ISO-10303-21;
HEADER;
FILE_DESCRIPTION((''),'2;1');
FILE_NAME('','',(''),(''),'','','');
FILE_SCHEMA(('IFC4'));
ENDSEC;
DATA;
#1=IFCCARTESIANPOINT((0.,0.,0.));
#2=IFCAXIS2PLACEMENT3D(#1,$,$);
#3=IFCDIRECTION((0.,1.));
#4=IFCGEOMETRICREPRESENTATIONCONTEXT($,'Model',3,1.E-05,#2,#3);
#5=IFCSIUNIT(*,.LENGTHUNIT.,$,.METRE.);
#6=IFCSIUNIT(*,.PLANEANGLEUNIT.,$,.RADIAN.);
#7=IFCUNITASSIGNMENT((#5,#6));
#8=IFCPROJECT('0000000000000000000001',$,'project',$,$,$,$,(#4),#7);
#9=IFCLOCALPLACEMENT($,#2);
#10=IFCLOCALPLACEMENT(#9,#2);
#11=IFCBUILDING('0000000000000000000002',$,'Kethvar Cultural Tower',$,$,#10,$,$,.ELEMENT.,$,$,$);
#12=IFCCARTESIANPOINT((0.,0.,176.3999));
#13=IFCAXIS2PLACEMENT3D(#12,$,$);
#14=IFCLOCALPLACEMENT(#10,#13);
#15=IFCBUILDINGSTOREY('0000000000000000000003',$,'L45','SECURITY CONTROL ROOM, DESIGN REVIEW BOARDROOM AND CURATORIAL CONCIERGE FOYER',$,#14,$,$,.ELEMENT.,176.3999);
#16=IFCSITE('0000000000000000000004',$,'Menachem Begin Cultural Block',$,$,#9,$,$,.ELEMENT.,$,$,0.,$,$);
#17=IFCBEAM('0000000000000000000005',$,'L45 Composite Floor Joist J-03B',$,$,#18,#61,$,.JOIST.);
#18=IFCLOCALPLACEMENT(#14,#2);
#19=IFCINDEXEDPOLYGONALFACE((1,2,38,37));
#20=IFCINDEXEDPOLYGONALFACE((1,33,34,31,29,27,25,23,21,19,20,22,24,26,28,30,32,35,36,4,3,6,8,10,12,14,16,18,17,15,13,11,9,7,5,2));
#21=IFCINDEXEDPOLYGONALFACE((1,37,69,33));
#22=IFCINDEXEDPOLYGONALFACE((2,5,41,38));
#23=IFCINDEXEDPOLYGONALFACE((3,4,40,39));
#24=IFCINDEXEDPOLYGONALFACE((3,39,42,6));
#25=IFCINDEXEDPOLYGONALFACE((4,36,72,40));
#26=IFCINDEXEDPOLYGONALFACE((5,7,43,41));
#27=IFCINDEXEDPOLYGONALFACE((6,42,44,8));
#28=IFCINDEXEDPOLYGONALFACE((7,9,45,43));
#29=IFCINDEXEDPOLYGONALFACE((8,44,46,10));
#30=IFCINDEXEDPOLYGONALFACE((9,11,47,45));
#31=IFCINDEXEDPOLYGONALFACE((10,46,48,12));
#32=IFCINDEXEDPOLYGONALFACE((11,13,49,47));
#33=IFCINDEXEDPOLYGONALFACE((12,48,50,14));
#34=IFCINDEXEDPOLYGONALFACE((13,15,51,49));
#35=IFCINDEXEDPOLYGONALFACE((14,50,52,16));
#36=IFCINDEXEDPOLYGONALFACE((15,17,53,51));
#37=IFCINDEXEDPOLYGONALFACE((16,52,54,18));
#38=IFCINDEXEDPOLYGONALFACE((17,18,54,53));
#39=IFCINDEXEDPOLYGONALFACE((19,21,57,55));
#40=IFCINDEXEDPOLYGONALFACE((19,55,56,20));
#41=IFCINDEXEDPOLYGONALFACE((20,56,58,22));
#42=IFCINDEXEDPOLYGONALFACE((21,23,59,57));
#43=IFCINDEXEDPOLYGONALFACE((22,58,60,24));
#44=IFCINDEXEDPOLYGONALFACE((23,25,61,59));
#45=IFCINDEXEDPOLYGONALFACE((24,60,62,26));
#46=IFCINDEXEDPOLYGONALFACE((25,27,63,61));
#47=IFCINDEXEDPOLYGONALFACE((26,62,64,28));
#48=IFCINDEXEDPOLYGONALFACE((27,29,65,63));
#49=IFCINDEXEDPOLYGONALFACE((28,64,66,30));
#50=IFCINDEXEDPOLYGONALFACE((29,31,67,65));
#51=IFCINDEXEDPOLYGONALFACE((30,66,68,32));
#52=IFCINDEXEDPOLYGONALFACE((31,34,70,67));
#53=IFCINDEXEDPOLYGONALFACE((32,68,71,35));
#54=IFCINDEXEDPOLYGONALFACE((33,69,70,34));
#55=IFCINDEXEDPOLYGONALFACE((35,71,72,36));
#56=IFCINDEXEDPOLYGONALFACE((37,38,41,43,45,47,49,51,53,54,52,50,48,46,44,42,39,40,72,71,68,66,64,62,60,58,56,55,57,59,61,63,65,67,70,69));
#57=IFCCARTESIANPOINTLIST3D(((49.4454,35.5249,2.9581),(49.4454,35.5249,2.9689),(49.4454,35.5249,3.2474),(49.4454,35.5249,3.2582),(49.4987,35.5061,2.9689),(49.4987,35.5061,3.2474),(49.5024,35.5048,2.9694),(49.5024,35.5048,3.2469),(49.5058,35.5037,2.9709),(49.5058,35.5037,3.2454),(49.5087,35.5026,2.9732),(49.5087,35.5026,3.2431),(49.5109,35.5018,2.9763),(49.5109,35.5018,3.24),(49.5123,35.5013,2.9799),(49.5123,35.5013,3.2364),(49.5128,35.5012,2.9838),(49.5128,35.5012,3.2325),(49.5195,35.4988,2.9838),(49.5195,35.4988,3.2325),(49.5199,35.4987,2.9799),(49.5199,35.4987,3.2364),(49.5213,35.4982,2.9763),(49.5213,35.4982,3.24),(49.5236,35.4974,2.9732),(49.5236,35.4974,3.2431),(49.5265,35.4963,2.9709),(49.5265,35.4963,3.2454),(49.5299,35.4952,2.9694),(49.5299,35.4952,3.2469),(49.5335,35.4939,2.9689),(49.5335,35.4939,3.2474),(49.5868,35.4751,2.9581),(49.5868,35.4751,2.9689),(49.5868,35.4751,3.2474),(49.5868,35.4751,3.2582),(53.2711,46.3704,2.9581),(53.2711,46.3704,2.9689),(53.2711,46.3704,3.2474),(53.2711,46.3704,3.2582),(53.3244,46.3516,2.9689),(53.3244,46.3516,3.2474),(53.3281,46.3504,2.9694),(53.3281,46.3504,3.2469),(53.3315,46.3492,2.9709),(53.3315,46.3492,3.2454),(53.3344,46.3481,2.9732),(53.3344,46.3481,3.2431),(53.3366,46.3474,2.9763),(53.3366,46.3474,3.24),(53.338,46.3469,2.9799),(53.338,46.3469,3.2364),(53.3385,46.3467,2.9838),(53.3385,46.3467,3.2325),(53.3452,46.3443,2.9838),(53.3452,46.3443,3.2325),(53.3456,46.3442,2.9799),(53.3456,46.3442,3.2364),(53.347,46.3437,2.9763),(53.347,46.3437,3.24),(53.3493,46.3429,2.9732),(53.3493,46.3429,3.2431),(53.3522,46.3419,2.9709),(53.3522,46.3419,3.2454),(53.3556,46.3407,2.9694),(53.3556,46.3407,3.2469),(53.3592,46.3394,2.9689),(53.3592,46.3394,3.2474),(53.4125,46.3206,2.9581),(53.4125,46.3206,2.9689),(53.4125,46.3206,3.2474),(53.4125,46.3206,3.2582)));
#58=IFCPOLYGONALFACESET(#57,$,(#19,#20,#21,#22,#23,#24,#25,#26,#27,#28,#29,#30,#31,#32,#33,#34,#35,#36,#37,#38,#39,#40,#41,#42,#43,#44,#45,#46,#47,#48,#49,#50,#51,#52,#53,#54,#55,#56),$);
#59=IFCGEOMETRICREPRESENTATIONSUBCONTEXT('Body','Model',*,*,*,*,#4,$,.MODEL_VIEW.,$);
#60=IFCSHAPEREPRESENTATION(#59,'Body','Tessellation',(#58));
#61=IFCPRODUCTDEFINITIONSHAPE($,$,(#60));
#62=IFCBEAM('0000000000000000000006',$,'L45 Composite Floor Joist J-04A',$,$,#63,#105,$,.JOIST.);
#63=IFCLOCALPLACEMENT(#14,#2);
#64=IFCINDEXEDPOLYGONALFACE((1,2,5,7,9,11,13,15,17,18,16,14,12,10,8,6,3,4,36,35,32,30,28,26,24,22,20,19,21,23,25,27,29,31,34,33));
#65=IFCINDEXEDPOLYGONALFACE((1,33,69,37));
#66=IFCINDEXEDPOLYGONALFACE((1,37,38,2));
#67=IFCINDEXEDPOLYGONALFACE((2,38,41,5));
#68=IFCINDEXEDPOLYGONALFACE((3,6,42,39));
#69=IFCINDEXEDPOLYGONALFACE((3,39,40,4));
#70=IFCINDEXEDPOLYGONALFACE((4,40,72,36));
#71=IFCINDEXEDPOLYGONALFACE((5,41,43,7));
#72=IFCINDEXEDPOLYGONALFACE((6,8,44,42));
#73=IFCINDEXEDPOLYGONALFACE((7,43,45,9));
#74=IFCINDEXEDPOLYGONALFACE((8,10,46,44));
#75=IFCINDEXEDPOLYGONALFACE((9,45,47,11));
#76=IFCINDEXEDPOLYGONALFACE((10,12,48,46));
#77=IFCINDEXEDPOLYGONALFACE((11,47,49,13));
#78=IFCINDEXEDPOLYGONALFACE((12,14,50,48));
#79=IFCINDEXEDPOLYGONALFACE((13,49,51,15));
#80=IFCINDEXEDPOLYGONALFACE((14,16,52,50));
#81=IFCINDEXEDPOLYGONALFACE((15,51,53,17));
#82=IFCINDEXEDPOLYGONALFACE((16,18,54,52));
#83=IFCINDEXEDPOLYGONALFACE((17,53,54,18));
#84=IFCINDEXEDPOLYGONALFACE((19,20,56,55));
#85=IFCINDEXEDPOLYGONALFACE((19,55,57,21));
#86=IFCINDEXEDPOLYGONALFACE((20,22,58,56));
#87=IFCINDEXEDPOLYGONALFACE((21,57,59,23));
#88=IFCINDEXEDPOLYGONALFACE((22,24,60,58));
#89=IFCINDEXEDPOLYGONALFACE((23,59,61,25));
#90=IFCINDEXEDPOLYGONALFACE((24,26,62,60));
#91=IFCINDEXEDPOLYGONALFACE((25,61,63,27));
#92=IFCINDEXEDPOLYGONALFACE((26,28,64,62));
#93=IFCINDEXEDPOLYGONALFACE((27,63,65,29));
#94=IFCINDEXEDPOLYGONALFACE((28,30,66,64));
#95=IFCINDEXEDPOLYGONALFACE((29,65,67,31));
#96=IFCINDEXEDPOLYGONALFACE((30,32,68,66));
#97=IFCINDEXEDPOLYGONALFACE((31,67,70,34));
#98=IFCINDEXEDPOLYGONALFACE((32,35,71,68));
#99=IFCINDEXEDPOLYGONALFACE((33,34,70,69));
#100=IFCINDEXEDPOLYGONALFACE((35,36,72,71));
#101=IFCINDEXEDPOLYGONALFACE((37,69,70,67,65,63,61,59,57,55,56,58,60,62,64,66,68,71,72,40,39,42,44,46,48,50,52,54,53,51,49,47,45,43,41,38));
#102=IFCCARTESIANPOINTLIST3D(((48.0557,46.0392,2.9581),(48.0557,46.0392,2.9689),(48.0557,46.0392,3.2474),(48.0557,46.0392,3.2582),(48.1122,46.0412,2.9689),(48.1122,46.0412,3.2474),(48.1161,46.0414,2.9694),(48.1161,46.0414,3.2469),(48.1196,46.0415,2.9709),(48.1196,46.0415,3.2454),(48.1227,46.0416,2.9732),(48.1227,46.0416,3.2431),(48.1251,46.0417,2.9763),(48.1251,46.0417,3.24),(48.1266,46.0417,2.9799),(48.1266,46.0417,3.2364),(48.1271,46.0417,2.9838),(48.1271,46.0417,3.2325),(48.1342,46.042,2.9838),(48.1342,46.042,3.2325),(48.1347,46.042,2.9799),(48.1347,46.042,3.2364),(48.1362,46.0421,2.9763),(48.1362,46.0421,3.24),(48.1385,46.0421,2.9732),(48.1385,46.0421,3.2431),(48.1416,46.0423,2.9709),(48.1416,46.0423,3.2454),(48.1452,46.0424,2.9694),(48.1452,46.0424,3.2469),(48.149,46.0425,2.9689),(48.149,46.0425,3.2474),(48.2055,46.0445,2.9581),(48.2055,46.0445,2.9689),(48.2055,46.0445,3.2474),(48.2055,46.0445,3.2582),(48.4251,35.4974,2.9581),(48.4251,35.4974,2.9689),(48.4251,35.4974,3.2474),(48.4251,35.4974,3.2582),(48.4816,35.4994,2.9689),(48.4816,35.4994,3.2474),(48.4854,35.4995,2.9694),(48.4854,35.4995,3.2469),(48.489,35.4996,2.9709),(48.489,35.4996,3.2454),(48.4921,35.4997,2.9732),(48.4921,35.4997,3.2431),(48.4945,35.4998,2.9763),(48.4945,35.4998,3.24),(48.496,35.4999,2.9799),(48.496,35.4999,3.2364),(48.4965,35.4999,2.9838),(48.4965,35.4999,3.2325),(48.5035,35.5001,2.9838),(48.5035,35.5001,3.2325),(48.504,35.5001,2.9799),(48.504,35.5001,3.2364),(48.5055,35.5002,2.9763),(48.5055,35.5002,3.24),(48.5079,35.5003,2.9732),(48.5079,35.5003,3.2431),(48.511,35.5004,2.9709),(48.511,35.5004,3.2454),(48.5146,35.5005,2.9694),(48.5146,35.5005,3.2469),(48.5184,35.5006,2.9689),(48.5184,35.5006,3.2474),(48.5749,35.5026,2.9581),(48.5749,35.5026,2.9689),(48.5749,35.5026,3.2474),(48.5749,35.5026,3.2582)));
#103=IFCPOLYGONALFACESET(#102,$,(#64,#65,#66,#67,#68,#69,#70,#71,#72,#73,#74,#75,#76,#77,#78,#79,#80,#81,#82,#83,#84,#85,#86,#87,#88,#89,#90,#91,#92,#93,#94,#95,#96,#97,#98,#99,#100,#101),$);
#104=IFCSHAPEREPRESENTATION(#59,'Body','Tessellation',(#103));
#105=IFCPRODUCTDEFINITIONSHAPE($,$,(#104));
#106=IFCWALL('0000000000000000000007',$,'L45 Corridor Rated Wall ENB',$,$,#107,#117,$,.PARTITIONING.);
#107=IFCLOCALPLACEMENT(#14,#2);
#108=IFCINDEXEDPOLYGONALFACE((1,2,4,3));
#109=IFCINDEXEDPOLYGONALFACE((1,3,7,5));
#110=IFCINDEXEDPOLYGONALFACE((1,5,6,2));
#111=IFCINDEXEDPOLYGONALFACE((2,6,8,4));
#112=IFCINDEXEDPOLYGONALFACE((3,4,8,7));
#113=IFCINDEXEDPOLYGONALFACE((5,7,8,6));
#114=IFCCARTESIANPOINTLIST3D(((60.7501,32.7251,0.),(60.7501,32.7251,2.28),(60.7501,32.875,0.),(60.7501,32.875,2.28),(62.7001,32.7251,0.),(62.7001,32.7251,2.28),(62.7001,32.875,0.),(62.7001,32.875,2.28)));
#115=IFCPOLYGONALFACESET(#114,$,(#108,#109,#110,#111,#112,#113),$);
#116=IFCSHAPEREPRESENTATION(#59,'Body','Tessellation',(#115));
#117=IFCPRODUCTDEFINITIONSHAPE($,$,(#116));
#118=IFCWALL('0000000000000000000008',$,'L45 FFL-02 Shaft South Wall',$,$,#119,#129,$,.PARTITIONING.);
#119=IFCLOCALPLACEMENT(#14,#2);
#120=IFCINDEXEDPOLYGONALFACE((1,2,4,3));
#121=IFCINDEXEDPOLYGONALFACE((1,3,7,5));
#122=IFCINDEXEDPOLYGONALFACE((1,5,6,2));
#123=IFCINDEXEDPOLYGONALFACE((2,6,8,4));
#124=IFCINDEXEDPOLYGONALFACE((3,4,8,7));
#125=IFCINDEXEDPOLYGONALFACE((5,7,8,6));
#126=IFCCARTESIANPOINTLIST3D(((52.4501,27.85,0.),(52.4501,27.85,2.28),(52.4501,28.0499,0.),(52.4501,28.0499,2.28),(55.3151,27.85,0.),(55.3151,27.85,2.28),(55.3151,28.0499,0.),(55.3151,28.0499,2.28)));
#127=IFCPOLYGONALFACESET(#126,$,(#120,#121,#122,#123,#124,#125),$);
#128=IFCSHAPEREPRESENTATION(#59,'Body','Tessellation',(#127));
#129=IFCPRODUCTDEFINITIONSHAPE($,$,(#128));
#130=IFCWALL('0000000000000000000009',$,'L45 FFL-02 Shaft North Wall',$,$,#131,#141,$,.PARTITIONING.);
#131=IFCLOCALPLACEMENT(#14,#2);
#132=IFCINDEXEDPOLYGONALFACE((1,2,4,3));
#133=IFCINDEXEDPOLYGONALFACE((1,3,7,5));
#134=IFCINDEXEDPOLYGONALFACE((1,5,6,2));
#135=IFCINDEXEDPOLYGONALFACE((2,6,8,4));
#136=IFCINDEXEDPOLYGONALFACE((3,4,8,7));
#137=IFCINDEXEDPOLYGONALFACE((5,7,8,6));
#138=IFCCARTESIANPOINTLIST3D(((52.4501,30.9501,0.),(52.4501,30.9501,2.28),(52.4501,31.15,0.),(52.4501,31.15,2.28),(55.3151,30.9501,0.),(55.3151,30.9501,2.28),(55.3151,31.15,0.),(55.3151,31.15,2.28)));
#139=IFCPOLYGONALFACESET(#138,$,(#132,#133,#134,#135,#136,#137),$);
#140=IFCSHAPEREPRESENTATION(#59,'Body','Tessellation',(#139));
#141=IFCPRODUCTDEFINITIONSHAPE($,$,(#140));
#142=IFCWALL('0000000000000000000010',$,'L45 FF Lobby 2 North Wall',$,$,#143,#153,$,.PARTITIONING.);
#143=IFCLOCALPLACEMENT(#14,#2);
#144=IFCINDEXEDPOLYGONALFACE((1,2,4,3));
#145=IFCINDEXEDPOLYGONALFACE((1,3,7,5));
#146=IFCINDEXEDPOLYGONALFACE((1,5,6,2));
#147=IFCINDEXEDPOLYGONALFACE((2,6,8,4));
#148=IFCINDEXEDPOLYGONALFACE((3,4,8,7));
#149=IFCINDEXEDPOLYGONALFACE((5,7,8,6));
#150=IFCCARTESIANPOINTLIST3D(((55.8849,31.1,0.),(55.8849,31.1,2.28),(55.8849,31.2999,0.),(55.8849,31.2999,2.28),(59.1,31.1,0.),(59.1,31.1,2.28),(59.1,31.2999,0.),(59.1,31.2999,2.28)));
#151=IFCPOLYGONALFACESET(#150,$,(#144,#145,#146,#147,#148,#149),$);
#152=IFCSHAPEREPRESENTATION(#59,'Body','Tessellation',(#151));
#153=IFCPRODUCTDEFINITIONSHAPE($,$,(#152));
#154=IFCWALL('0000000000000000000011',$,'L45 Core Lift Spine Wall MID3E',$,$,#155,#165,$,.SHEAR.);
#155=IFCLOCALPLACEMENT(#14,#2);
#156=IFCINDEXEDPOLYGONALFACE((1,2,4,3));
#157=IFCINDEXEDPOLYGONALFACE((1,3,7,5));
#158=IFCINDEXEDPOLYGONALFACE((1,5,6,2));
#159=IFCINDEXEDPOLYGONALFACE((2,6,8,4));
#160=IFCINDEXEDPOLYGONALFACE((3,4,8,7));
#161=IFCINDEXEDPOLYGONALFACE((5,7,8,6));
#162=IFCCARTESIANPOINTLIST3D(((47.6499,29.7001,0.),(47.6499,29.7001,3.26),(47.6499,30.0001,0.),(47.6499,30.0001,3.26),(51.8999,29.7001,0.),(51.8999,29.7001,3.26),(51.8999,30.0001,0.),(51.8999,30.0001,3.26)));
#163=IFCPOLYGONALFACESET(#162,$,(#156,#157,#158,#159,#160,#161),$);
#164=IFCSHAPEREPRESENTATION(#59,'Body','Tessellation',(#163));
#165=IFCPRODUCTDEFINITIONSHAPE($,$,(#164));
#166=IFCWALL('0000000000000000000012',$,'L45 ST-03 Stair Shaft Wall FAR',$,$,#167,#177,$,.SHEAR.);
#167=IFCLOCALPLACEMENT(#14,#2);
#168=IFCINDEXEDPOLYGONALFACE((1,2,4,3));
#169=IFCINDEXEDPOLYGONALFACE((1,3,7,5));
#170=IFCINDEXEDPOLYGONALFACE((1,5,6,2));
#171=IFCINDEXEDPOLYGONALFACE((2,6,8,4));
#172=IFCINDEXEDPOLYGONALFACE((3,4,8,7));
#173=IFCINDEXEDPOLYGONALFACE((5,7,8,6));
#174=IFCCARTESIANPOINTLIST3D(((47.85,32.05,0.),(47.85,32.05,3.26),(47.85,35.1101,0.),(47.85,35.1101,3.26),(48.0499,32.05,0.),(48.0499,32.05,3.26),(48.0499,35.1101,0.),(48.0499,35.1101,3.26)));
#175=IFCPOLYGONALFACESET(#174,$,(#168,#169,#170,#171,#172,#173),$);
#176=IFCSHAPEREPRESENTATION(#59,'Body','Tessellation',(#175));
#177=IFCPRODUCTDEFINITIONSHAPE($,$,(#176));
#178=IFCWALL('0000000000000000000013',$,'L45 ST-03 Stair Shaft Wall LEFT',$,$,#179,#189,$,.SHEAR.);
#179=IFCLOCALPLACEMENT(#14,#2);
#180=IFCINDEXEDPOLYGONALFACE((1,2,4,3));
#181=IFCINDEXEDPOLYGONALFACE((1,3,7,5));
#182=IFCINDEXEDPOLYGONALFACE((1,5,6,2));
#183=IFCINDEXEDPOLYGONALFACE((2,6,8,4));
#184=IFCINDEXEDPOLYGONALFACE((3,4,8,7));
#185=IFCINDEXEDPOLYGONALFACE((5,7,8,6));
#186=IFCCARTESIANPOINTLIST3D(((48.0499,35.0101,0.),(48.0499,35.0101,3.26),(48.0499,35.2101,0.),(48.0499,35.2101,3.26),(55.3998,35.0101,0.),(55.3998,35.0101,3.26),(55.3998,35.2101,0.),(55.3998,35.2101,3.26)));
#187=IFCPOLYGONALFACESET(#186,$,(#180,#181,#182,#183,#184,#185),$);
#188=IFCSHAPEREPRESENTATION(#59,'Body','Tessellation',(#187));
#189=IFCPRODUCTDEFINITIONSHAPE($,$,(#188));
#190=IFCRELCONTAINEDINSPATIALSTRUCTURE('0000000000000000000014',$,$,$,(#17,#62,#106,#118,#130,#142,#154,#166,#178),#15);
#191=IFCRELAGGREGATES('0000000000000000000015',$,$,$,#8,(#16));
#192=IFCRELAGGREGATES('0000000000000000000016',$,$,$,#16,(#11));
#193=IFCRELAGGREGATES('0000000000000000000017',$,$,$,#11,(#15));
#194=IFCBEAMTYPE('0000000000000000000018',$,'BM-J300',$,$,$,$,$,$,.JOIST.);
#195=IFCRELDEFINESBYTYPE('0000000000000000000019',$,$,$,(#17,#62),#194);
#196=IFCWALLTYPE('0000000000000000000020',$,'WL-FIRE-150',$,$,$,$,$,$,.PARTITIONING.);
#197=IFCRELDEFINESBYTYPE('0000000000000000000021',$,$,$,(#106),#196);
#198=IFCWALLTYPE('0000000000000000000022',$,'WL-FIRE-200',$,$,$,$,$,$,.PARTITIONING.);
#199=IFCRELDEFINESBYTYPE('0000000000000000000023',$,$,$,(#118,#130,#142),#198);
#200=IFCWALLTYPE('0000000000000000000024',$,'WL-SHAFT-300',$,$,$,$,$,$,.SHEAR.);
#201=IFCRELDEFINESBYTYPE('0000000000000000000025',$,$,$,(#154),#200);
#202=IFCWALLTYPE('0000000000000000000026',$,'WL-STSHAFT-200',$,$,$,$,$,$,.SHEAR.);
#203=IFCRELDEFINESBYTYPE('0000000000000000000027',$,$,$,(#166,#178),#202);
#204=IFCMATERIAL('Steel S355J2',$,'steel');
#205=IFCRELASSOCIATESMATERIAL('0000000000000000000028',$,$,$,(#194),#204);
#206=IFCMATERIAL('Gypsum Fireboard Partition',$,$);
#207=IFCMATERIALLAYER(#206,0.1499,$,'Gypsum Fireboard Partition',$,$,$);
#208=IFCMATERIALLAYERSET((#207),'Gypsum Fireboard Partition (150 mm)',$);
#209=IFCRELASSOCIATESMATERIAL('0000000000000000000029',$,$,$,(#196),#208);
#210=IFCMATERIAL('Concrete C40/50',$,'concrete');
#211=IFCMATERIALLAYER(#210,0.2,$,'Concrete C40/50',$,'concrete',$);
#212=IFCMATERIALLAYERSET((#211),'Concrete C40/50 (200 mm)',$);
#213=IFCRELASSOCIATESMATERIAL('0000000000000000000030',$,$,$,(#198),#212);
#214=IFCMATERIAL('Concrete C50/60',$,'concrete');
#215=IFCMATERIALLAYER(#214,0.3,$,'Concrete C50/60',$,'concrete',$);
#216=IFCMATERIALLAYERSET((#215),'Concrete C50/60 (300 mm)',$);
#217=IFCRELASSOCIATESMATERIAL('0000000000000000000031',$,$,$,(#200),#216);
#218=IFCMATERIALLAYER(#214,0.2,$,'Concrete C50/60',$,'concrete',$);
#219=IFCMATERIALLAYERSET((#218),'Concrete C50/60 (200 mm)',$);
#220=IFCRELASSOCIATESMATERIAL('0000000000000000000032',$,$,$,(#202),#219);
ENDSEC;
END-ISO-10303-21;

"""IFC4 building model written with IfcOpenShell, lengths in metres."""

from ifc_helpers import new_model, si_unit, direction, frame, frame_2d, origin, origin_2d, place, context, subcontext, project, spatial, rectangle, i_section, extrude, source, transform, mapped, material, layer, layer_set, material_profile, profile_set, type_object, element, save


model = new_model("IFC4")

# Units and contexts
model_context = context("Model", 3, precision=1e-05, world=origin(), true_north=direction((0.0, 1.0)))
body_context = subcontext(model_context, "Body", "Model", "MODEL_VIEW")
ifc_project = project(units=[si_unit("LENGTHUNIT", "METRE"), si_unit("PLANEANGLEUNIT", "RADIAN")], contexts=[model_context])

# Site, building, storey
site_placement = place(None, origin())
site = spatial("IfcSite", under=ifc_project, at=site_placement, Name="Menachem Begin Cultural Block", CompositionType="ELEMENT", RefElevation=0.0)
building_placement = place(site_placement, origin())
building = spatial("IfcBuilding", under=site, at=building_placement, Name="Kethvar Cultural Tower", CompositionType="ELEMENT")
storey_placement = place(building_placement, frame((0.0, 0.0, 176.3999)))
storey = spatial("IfcBuildingStorey", under=building, at=storey_placement, Name="L45", Description="SECURITY CONTROL ROOM, DESIGN REVIEW BOARDROOM AND CURATORIAL CONCIERGE FOYER", CompositionType="ELEMENT", Elevation=176.3999)

# Beams
ifc_material_1 = material(Name="Steel S355J2", Category="steel")
ifc_material_profile_1 = material_profile(ifc_material_1, i_section(OverallWidth=0.1499, OverallDepth=0.3, WebThickness=0.0071, FlangeThickness=0.0107, FilletRadius=0.0149, at=origin_2d()), Name="Steel S355J2 — IPE300")
ifc_profile_set_1 = profile_set([ifc_material_profile_1], Name="Steel S355J2 — IPE300")
beam_type_1 = type_object("IfcBeamType", Name="BM-J300", PredefinedType="JOIST", material=ifc_profile_set_1)
shared_shape_1 = source(origin(), body_context, "Body", "SweptSolid", [
    extrude(i_section(OverallWidth=0.1499, OverallDepth=0.3, WebThickness=0.0071, FlangeThickness=0.0107, FilletRadius=0.0149, at=origin_2d()), origin(), (0.0, 0.0, 1.0), 11.5005),
])
beam_1_placement = place(storey_placement, frame((49.5161, 35.5, 3.1082), z_axis=(0.332656, 0.943048, 0.0), x_axis=(-0.943048, 0.332656, 0.0)))
element("IfcBeam", 1, at=beam_1_placement, inside=storey, type_object=beam_type_1, Name="L45 Composite Floor Joist J-03B", PredefinedType="JOIST", context=body_context, shape_type="MappedRepresentation", body=[
    mapped(shared_shape_1, transform((0.0, 0.0, 0.0), scale=1.0)),
])
shared_shape_2 = source(origin(), body_context, "Body", "SweptSolid", [
    extrude(i_section(OverallWidth=0.1499, OverallDepth=0.3, WebThickness=0.0071, FlangeThickness=0.0107, FilletRadius=0.0149, at=origin_2d()), origin(), (0.0, 0.0, 1.0), 10.5483),
])
beam_2_placement = place(storey_placement, frame((48.5, 35.5, 3.1082), z_axis=(-0.035018, 0.999387, 0.0), x_axis=(-0.999387, -0.035018, 0.0)))
element("IfcBeam", 2, at=beam_2_placement, inside=storey, type_object=beam_type_1, Name="L45 Composite Floor Joist J-04A", PredefinedType="JOIST", context=body_context, shape_type="MappedRepresentation", body=[
    mapped(shared_shape_2, transform((0.0, 0.0, 0.0), scale=1.0)),
])

# Walls
ifc_material_2 = material(Name="Gypsum Fireboard Partition")
ifc_layer_1 = layer(ifc_material_2, 0.1499, Name="Gypsum Fireboard Partition")
ifc_layer_set_1 = layer_set([ifc_layer_1], Name="Gypsum Fireboard Partition (150 mm)")
wall_type_1 = type_object("IfcWallType", Name="WL-FIRE-150", PredefinedType="PARTITIONING", material=ifc_layer_set_1)
wall_1_placement = place(storey_placement, frame((60.75, 32.8, 0.0), z_axis=(0.0, 0.0, 1.0), x_axis=(1.0, 0.0, 0.0)))
element("IfcWall", 3, at=wall_1_placement, inside=storey, type_object=wall_type_1, Name="L45 Corridor Rated Wall ENB", PredefinedType="PARTITIONING", context=body_context, shape_type="SweptSolid", body=[
    extrude(rectangle(XDim=1.95, YDim=0.1499, at=frame_2d((0.9751, 0.0))), origin(), (0.0, 0.0, 1.0), 2.28),
])
ifc_material_3 = material(Name="Concrete C40/50", Category="concrete")
ifc_layer_2 = layer(ifc_material_3, 0.2, Name="Concrete C40/50", Category="concrete")
ifc_layer_set_2 = layer_set([ifc_layer_2], Name="Concrete C40/50 (200 mm)")
wall_type_2 = type_object("IfcWallType", Name="WL-FIRE-200", PredefinedType="PARTITIONING", material=ifc_layer_set_2)
for number, where, z_axis, x_axis, name in (
    (4, (52.45, 27.95, 0.0), (0.0, 0.0, 1.0), (1.0, 0.0, 0.0), "L45 FFL-02 Shaft South Wall"),
    (5, (52.45, 31.05, 0.0), (0.0, 0.0, 1.0), (1.0, 0.0, 0.0), "L45 FFL-02 Shaft North Wall"),
):
    element("IfcWall", number, at=place(storey_placement, frame(where, z_axis=z_axis, x_axis=x_axis)), inside=storey, type_object=wall_type_2, Name=name, PredefinedType="PARTITIONING", context=body_context, shape_type="SweptSolid", body=[
        extrude(rectangle(XDim=2.865, YDim=0.2, at=frame_2d((1.4326, 0.0))), origin(), (0.0, 0.0, 1.0), 2.28),
    ])
wall_2_placement = place(storey_placement, frame((55.885, 31.2, 0.0), z_axis=(0.0, 0.0, 1.0), x_axis=(1.0, 0.0, 0.0)))
element("IfcWall", 6, at=wall_2_placement, inside=storey, type_object=wall_type_2, Name="L45 FF Lobby 2 North Wall", PredefinedType="PARTITIONING", context=body_context, shape_type="SweptSolid", body=[
    extrude(rectangle(XDim=3.2151, YDim=0.2, at=frame_2d((1.6074, 0.0))), origin(), (0.0, 0.0, 1.0), 2.28),
])
ifc_material_4 = material(Name="Concrete C50/60", Category="concrete")
ifc_layer_3 = layer(ifc_material_4, 0.3, Name="Concrete C50/60", Category="concrete")
ifc_layer_set_3 = layer_set([ifc_layer_3], Name="Concrete C50/60 (300 mm)")
wall_type_3 = type_object("IfcWallType", Name="WL-SHAFT-300", PredefinedType="SHEAR", material=ifc_layer_set_3)
wall_3_placement = place(storey_placement, frame((47.6499, 29.8501, 0.0), z_axis=(0.0, 0.0, 1.0), x_axis=(1.0, 0.0, 0.0)))
element("IfcWall", 7, at=wall_3_placement, inside=storey, type_object=wall_type_3, Name="L45 Core Lift Spine Wall MID3E", PredefinedType="SHEAR", context=body_context, shape_type="SweptSolid", body=[
    extrude(rectangle(XDim=4.25, YDim=0.3, at=frame_2d((2.125, 0.0))), origin(), (0.0, 0.0, 1.0), 3.26),
])
ifc_layer_4 = layer(ifc_material_4, 0.2, Name="Concrete C50/60", Category="concrete")
ifc_layer_set_4 = layer_set([ifc_layer_4], Name="Concrete C50/60 (200 mm)")
wall_type_4 = type_object("IfcWallType", Name="WL-STSHAFT-200", PredefinedType="SHEAR", material=ifc_layer_set_4)
wall_4_placement = place(storey_placement, frame((47.95, 32.05, 0.0), z_axis=(0.0, 0.0, 1.0), x_axis=(0.0, 1.0, 0.0)))
element("IfcWall", 8, at=wall_4_placement, inside=storey, type_object=wall_type_4, Name="L45 ST-03 Stair Shaft Wall FAR", PredefinedType="SHEAR", context=body_context, shape_type="SweptSolid", body=[
    extrude(rectangle(XDim=3.0601, YDim=0.2, at=frame_2d((1.53, 0.0))), origin(), (0.0, 0.0, 1.0), 3.26),
])
for number, where, z_axis, x_axis, name in (
    (9, (48.05, 35.1101, 0.0), (0.0, 0.0, 1.0), (1.0, 0.0, 0.0), "L45 ST-03 Stair Shaft Wall LEFT"),
):
    element("IfcWall", number, at=place(storey_placement, frame(where, z_axis=z_axis, x_axis=x_axis)), inside=storey, type_object=wall_type_4, Name=name, PredefinedType="SHEAR", context=body_context, shape_type="SweptSolid", body=[
        extrude(rectangle(XDim=7.3499, YDim=0.2, at=frame_2d((3.6748, 0.0))), origin(), (0.0, 0.0, 1.0), 3.26),
    ])

save(model, "model.ifc")
